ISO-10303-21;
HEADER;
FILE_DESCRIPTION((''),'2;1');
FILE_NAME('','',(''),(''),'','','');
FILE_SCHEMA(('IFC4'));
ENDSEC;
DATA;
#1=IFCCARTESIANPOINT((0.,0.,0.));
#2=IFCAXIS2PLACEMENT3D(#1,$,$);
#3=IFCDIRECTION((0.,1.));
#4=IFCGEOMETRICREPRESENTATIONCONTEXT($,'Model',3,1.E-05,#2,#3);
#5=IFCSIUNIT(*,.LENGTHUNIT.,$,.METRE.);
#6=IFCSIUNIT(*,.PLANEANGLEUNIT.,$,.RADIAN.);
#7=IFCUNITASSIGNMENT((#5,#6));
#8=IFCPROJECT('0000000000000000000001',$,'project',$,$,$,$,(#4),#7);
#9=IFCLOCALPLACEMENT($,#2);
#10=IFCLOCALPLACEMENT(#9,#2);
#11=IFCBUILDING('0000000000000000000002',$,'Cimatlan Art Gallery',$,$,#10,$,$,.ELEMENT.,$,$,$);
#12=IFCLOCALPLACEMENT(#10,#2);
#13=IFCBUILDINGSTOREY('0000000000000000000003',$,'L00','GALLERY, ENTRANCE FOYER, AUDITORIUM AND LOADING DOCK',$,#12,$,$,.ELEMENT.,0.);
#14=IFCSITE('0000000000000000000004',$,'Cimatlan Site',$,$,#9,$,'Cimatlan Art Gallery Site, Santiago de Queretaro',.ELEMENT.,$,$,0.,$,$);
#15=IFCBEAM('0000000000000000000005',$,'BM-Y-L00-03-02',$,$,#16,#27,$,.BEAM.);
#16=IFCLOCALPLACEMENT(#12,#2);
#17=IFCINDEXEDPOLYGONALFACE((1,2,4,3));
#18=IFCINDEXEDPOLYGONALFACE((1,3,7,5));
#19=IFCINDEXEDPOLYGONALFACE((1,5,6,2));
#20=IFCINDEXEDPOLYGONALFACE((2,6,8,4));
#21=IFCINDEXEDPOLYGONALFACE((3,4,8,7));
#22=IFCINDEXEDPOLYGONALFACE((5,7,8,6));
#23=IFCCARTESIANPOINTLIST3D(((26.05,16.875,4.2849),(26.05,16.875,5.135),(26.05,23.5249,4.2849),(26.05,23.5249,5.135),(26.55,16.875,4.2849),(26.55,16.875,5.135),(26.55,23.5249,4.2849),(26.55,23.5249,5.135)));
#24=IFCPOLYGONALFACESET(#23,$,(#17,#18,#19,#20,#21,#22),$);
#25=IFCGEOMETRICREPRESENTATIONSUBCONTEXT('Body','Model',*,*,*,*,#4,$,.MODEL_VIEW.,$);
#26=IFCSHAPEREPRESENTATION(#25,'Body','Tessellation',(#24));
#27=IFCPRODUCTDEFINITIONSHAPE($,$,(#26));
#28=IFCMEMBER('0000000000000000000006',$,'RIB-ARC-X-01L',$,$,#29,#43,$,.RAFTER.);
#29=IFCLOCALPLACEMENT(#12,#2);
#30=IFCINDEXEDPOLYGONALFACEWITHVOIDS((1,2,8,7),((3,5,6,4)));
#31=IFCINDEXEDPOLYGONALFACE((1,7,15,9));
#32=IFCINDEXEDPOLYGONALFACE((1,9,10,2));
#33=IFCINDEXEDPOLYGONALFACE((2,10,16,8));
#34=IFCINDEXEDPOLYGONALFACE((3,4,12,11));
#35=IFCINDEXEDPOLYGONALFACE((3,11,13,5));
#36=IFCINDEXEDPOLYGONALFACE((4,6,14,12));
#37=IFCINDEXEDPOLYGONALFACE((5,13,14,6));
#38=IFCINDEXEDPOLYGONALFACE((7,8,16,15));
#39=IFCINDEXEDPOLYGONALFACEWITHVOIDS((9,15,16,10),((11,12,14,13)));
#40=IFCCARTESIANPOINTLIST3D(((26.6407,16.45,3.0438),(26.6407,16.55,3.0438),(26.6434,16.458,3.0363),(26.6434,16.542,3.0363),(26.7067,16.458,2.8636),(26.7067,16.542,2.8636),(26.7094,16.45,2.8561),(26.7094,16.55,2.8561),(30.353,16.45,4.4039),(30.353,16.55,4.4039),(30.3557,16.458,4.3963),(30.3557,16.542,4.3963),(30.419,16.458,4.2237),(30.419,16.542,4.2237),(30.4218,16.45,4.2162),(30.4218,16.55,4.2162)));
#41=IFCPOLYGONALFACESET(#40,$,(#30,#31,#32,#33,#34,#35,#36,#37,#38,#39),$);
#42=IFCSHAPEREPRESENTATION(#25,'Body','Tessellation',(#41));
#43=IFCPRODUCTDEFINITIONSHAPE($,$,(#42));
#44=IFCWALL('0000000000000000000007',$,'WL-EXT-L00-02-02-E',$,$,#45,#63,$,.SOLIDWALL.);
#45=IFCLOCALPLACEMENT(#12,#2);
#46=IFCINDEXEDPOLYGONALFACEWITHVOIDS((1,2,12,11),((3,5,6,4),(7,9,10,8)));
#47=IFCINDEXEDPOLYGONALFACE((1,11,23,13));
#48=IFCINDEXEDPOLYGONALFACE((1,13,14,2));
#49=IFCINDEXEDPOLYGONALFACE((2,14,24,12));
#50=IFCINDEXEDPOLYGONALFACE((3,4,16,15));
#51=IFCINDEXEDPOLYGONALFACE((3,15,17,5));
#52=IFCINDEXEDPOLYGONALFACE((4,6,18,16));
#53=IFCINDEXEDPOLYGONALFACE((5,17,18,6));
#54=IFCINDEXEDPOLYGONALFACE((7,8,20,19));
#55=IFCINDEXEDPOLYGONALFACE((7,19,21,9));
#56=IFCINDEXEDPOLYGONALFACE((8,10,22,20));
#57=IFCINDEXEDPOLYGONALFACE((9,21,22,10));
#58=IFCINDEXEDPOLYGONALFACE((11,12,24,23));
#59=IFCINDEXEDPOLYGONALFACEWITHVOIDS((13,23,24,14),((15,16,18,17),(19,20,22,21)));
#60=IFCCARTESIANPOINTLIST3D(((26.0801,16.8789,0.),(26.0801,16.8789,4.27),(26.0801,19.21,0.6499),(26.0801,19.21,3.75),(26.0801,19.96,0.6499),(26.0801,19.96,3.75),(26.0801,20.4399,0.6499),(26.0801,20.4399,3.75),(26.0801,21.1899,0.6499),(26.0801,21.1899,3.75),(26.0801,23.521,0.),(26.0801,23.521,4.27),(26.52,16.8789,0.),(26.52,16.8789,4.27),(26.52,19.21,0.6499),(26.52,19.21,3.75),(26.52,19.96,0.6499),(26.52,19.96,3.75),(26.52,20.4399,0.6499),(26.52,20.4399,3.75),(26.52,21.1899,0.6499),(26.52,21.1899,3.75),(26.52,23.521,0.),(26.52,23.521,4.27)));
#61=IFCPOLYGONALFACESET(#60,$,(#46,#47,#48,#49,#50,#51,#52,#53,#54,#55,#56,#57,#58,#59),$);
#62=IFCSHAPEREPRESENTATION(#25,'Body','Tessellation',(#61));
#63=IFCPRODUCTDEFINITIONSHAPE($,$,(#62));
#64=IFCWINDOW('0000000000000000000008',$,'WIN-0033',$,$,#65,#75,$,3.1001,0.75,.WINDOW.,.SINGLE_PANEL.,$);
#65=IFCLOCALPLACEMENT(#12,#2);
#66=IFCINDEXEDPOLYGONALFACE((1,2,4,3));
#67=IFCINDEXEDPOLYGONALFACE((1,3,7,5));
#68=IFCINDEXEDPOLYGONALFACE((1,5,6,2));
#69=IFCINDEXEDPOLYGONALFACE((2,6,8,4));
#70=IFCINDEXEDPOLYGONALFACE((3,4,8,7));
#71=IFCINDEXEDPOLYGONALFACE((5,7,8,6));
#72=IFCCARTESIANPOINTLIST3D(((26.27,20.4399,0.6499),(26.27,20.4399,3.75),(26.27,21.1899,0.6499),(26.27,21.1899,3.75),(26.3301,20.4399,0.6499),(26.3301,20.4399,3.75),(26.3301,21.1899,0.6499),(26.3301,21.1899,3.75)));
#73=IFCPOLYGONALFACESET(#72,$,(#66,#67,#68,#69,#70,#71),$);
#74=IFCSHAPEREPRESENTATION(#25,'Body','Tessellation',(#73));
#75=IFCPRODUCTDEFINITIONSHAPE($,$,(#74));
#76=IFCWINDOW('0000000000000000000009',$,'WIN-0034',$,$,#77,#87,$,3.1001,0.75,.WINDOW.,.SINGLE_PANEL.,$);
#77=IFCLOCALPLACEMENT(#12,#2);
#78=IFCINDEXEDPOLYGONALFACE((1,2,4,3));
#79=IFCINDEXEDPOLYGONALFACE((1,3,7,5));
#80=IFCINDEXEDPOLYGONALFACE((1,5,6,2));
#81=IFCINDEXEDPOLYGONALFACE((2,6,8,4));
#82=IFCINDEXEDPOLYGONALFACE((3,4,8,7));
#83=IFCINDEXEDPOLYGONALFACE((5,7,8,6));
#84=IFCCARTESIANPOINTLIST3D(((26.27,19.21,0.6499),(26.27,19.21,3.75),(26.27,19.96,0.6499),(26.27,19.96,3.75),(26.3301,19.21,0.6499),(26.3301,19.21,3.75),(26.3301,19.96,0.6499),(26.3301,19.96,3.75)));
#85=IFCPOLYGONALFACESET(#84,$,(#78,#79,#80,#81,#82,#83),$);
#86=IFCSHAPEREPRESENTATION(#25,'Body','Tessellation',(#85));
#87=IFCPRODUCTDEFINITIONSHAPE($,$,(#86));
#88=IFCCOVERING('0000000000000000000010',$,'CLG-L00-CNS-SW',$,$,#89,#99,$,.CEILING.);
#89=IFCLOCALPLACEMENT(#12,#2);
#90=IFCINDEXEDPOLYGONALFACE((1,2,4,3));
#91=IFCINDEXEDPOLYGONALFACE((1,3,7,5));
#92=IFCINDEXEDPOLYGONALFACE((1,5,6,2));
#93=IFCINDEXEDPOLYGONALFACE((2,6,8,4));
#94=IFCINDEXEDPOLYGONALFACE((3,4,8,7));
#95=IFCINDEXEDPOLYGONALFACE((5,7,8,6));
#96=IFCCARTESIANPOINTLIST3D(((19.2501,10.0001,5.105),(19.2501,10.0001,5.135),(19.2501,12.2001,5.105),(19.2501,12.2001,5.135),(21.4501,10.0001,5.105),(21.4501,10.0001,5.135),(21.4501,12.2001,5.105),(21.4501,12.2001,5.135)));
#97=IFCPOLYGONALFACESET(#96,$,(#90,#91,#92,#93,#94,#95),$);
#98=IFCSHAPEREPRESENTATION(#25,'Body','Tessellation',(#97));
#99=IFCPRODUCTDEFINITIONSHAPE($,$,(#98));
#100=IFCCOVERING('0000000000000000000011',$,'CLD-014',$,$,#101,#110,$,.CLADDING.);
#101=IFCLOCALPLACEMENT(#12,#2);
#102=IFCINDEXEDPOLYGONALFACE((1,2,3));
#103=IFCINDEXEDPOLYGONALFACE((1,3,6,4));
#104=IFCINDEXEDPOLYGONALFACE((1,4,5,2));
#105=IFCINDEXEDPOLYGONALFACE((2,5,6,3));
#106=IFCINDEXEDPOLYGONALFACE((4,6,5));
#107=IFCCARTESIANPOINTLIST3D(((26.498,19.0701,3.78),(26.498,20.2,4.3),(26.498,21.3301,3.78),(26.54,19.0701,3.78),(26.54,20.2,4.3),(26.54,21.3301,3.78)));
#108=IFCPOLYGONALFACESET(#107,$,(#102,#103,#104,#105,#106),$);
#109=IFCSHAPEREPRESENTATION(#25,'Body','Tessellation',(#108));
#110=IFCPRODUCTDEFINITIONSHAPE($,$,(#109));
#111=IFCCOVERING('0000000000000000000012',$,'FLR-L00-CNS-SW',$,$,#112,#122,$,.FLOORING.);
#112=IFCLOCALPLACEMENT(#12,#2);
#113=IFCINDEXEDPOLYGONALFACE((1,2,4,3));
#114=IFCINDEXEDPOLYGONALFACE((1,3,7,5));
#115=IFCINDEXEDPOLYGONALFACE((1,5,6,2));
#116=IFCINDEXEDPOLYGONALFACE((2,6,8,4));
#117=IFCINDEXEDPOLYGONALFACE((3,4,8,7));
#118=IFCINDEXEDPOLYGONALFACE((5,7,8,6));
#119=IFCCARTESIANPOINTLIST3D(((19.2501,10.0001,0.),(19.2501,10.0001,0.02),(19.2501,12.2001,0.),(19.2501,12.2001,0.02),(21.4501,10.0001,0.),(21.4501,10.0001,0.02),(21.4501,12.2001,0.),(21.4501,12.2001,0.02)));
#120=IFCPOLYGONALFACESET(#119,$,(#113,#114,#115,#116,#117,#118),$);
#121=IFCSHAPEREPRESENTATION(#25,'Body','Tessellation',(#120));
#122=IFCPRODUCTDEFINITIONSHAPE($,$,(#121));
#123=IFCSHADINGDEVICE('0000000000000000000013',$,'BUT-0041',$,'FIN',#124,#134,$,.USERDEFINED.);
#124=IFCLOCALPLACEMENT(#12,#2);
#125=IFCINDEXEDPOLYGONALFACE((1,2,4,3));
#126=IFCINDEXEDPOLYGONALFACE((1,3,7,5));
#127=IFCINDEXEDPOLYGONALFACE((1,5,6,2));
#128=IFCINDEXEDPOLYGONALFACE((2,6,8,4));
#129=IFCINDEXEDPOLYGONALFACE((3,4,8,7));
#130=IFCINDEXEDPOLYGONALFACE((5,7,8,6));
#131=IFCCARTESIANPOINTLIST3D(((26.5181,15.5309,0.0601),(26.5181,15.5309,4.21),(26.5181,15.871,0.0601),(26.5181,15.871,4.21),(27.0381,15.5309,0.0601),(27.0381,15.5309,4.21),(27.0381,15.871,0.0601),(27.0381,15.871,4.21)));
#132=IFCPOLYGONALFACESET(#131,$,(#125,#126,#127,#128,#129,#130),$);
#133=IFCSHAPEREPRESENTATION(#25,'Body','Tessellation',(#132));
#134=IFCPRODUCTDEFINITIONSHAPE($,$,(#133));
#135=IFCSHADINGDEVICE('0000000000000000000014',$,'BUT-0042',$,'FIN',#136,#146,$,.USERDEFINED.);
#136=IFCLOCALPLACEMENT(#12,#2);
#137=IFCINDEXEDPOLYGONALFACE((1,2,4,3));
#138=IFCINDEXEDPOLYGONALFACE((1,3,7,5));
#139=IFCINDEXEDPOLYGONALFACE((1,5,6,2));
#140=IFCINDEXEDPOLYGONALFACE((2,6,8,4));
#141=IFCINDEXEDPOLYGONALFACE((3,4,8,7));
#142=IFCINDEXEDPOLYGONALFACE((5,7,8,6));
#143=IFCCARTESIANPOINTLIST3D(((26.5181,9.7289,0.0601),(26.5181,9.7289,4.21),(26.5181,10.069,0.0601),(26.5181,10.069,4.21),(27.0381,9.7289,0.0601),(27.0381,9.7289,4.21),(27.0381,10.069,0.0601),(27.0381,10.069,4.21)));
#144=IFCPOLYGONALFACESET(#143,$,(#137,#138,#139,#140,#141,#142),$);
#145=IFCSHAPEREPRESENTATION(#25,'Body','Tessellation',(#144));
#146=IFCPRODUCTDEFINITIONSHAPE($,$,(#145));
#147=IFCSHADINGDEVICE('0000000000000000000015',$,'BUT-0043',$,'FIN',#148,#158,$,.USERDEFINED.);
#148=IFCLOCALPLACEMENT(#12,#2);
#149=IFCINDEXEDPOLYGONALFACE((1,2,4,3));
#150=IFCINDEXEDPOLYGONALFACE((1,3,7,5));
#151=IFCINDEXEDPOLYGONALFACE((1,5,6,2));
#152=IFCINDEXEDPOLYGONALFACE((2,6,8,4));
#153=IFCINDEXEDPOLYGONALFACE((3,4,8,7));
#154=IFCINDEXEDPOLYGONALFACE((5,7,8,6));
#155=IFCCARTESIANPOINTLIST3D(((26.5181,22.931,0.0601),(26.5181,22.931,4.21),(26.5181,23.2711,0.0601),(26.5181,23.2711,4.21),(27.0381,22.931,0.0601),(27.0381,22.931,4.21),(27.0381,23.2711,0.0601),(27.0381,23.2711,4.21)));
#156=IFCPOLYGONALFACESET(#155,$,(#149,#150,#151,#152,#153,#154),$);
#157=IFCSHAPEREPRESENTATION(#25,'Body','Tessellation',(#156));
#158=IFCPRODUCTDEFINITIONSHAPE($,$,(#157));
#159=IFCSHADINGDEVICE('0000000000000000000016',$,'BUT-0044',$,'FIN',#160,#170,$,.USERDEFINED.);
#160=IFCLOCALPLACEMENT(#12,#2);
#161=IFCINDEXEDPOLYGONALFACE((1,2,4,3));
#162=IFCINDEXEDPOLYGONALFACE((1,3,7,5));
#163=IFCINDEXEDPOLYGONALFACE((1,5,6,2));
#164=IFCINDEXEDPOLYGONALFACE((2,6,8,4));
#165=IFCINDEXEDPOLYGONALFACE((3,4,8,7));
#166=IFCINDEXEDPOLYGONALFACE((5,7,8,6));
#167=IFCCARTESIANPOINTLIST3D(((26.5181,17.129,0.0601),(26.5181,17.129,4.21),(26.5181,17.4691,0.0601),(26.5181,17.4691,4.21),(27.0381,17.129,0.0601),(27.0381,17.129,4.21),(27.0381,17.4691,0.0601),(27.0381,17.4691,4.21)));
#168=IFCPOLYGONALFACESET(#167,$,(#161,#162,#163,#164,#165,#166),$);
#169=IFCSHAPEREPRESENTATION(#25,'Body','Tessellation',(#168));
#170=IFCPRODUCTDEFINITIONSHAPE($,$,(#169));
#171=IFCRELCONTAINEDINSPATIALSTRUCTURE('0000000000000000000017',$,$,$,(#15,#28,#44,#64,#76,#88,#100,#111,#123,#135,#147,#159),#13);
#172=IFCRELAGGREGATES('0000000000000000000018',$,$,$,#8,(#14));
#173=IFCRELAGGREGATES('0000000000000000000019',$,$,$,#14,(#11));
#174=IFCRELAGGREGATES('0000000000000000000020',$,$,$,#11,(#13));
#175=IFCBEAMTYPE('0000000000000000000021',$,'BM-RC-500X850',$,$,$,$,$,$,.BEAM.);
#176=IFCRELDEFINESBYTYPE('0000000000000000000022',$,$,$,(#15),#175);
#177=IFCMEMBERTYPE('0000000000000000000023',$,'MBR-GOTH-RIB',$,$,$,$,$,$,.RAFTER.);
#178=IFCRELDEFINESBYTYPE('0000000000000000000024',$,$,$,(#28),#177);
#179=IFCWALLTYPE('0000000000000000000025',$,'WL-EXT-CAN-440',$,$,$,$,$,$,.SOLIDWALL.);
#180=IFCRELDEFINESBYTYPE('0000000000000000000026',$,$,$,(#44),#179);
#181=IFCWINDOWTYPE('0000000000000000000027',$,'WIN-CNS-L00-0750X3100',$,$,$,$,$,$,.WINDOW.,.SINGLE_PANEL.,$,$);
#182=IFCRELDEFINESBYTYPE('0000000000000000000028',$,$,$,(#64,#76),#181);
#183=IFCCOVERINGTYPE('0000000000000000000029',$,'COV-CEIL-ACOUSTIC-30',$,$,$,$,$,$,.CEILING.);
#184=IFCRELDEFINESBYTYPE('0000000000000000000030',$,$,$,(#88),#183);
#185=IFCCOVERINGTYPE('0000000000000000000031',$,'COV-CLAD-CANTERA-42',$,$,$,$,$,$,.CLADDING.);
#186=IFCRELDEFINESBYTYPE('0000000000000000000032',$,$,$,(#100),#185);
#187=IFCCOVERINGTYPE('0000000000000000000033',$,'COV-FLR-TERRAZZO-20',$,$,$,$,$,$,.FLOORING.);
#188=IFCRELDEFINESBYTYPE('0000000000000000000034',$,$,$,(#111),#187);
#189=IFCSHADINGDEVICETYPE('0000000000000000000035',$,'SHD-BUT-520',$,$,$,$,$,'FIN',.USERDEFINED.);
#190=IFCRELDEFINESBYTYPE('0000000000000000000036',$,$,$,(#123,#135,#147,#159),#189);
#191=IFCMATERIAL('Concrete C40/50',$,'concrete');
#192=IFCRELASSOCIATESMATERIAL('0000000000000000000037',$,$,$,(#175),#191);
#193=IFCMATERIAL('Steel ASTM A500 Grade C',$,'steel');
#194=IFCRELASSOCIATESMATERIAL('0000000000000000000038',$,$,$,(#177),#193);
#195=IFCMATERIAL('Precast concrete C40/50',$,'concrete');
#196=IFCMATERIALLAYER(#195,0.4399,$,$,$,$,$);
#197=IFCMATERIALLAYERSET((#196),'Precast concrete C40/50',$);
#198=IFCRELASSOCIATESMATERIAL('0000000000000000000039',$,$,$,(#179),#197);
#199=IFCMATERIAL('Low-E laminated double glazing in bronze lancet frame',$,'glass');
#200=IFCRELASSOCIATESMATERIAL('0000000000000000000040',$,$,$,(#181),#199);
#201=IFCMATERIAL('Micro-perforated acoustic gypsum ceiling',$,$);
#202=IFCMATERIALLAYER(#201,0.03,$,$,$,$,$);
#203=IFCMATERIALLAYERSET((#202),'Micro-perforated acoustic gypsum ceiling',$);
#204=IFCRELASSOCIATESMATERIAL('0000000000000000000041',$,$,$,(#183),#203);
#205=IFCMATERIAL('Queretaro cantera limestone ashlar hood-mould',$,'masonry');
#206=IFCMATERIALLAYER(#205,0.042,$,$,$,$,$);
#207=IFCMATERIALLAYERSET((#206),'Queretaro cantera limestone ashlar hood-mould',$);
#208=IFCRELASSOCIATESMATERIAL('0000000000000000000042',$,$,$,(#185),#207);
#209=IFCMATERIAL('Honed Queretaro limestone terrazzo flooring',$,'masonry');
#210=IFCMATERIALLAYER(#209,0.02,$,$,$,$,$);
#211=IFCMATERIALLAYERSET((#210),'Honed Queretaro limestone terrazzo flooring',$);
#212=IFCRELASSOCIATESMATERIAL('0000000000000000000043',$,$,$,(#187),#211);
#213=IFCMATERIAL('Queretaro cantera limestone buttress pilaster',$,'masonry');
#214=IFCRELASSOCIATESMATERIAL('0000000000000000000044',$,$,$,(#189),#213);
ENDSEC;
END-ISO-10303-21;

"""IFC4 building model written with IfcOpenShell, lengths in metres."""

from ifc_helpers import new_model, si_unit, direction, frame, frame_2d, origin, origin_2d, place, context, subcontext, project, spatial, polyline, rectangle, hollow_rectangle, outline, extrude, material, layer, layer_set, material_profile, profile_set, type_object, element, fill, save


model = new_model("IFC4")

# Units and contexts
model_context = context("Model", 3, precision=1e-05, world=origin(), true_north=direction((0.0, 1.0)))
body_context = subcontext(model_context, "Body", "Model", "MODEL_VIEW")
ifc_project = project(units=[si_unit("LENGTHUNIT", "METRE"), si_unit("PLANEANGLEUNIT", "RADIAN")], contexts=[model_context])

# Site, building, storey
site_placement = place(None, origin())
site = spatial("IfcSite", under=ifc_project, at=site_placement, Name="Cimatlan Site", LongName="Cimatlan Art Gallery Site, Santiago de Queretaro", CompositionType="ELEMENT", RefElevation=0.0)
building_placement = place(site_placement, origin())
building = spatial("IfcBuilding", under=site, at=building_placement, Name="Cimatlan Art Gallery", CompositionType="ELEMENT")
storey_placement = place(building_placement, origin())
storey = spatial("IfcBuildingStorey", under=building, at=storey_placement, Name="L00", Description="GALLERY, ENTRANCE FOYER, AUDITORIUM AND LOADING DOCK", CompositionType="ELEMENT", Elevation=0.0)

# Shared definitions
ifc_material_1 = material(Name="Concrete C40/50", Category="concrete")

# Beam
ifc_material_profile_1 = material_profile(ifc_material_1, rectangle(XDim=0.5, YDim=0.8501, at=origin_2d()), Name="RC500X850")
ifc_profile_set_1 = profile_set([ifc_material_profile_1], Name="Concrete C40/50")
beam_type_1 = type_object("IfcBeamType", Name="BM-RC-500X850", PredefinedType="BEAM", material=ifc_profile_set_1)
for number, where, z_axis, x_axis, name in (
    (1, (26.3, 16.875, 4.71), (0.0, 1.0, 0.0), (-1.0, 0.0, 0.0), "BM-Y-L00-03-02"),
):
    element("IfcBeam", number, at=place(storey_placement, frame(where, z_axis=z_axis, x_axis=x_axis)), inside=storey, type_object=beam_type_1, Name=name, PredefinedType="BEAM", context=body_context, shape_type="SweptSolid", body=[
        extrude(rectangle(XDim=0.5, YDim=0.8501, at=origin_2d()), origin(), (0.0, 0.0, 1.0), 6.6499),
    ])

# Member
ifc_material_2 = material(Name="Steel ASTM A500 Grade C", Category="steel")
ifc_material_profile_2 = material_profile(ifc_material_2, hollow_rectangle(XDim=0.1001, YDim=0.2, WallThickness=0.0081, at=origin_2d()), Name="HSS200X100X8")
ifc_profile_set_2 = profile_set([ifc_material_profile_2], Name="Steel ASTM A500 Grade C")
member_type = type_object("IfcMemberType", Name="MBR-GOTH-RIB", PredefinedType="RAFTER", material=ifc_profile_set_2)
member_placement = place(storey_placement, frame((26.675, 16.5, 2.95), z_axis=(0.938967, 0.0, 0.344008), x_axis=(0.0, 1.0, 0.0)))
element("IfcMember", 2, at=member_placement, inside=storey, type_object=member_type, Name="RIB-ARC-X-01L", PredefinedType="RAFTER", context=body_context, shape_type="SweptSolid", body=[
    extrude(hollow_rectangle(XDim=0.1001, YDim=0.2, WallThickness=0.0081, at=origin_2d()), origin(), (0.0, 0.0, 1.0), 3.9536),
])

# Shared definitions
ifc_material_3 = material(Name="Precast concrete C40/50", Category="concrete")
ifc_layer_1 = layer(ifc_material_3, 0.4399)
ifc_layer_set_1 = layer_set([ifc_layer_1], Name="Precast concrete C40/50")
wall_type = type_object("IfcWallType", Name="WL-EXT-CAN-440", PredefinedType="SOLIDWALL", material=ifc_layer_set_1)

# Wall, openings, windows
wall_1_placement = place(storey_placement, frame((26.3, 23.521, 0.0), z_axis=(0.0, 0.0, 1.0), x_axis=(0.0, -1.0, 0.0)))
wall_1 = element("IfcWall", 3, at=wall_1_placement, inside=storey, type_object=wall_type, Name="WL-EXT-L00-02-02-E", PredefinedType="SOLIDWALL", context=body_context, shape_type="SweptSolid", body=[
    extrude(rectangle(XDim=6.6421, YDim=0.4399, at=frame_2d((3.321, 0.0))), origin(), (0.0, 0.0, 1.0), 4.27),
])
opening_1_placement = place(wall_1_placement, frame((2.3311, 0.0, 0.6499)))
opening_1 = element("IfcOpeningElement", 4, at=opening_1_placement, cuts=wall_1, PredefinedType="OPENING", context=body_context, shape_type="SweptSolid", body=[
    extrude(rectangle(XDim=0.75, YDim=3.1001, at=frame_2d((0.375, 1.55))), frame((0.0, 0.23, 0.0), z_axis=(0.0, -1.0, 0.0), x_axis=(1.0, 0.0, 0.0)), (0.0, 0.0, 1.0), 0.46),
])
opening_2_placement = place(wall_1_placement, frame((3.561, 0.0, 0.6499)))
opening_2 = element("IfcOpeningElement", 5, at=opening_2_placement, cuts=wall_1, PredefinedType="OPENING", context=body_context, shape_type="SweptSolid", body=[
    extrude(rectangle(XDim=0.75, YDim=3.1001, at=frame_2d((0.375, 1.55))), frame((0.0, 0.23, 0.0), z_axis=(0.0, -1.0, 0.0), x_axis=(1.0, 0.0, 0.0)), (0.0, 0.0, 1.0), 0.46),
])
ifc_material_4 = material(Name="Low-E laminated double glazing in bronze lancet frame", Category="glass")
window_type = type_object("IfcWindowType", Name="WIN-CNS-L00-0750X3100", PartitioningType="SINGLE_PANEL", PredefinedType="WINDOW", material=ifc_material_4)
window_1_placement = place(opening_1_placement, origin())
window_1 = element("IfcWindow", 6, at=window_1_placement, inside=storey, type_object=window_type, Name="WIN-0033", OverallHeight=3.1001, OverallWidth=0.75, PartitioningType="SINGLE_PANEL", PredefinedType="WINDOW", context=body_context, shape_type="SweptSolid", body=[
    extrude(rectangle(XDim=0.75, YDim=3.1001, at=frame_2d((0.375, 1.55))), frame((0.0, 0.03, 0.0), z_axis=(0.0, -1.0, 0.0), x_axis=(1.0, 0.0, 0.0)), (0.0, 0.0, 1.0), 0.0601),
])
fill(opening_1, window_1)
window_2_placement = place(opening_2_placement, origin())
window_2 = element("IfcWindow", 7, at=window_2_placement, inside=storey, type_object=window_type, Name="WIN-0034", OverallHeight=3.1001, OverallWidth=0.75, PartitioningType="SINGLE_PANEL", PredefinedType="WINDOW", context=body_context, shape_type="SweptSolid", body=[
    extrude(rectangle(XDim=0.75, YDim=3.1001, at=frame_2d((0.375, 1.55))), frame((0.0, 0.03, 0.0), z_axis=(0.0, -1.0, 0.0), x_axis=(1.0, 0.0, 0.0)), (0.0, 0.0, 1.0), 0.0601),
])
fill(opening_2, window_2)

# Coverings
ifc_material_5 = material(Name="Micro-perforated acoustic gypsum ceiling")
ifc_layer_2 = layer(ifc_material_5, 0.03)
ifc_layer_set_2 = layer_set([ifc_layer_2], Name="Micro-perforated acoustic gypsum ceiling")
covering_type_1 = type_object("IfcCoveringType", Name="COV-CEIL-ACOUSTIC-30", PredefinedType="CEILING", material=ifc_layer_set_2)
covering_1_placement = place(storey_placement, frame((20.3501, 11.1001, 5.105), z_axis=(0.0, 0.0, 1.0), x_axis=(1.0, 0.0, 0.0)))
element("IfcCovering", 8, at=covering_1_placement, inside=storey, type_object=covering_type_1, Name="CLG-L00-CNS-SW", PredefinedType="CEILING", context=body_context, shape_type="SweptSolid", body=[
    extrude(rectangle(XDim=2.2, YDim=2.2, at=origin_2d()), origin(), (0.0, 0.0, 1.0), 0.03),
])
ifc_material_6 = material(Name="Queretaro cantera limestone ashlar hood-mould", Category="masonry")
ifc_layer_3 = layer(ifc_material_6, 0.042)
ifc_layer_set_3 = layer_set([ifc_layer_3], Name="Queretaro cantera limestone ashlar hood-mould")
covering_type_2 = type_object("IfcCoveringType", Name="COV-CLAD-CANTERA-42", PredefinedType="CLADDING", material=ifc_layer_set_3)
covering_2_placement = place(storey_placement, frame((26.498, 21.3301, 3.78), z_axis=(-1.0, 0.0, 0.0), x_axis=(0.0, -1.0, 0.0)))
element("IfcCovering", 9, at=covering_2_placement, inside=storey, type_object=covering_type_2, Name="CLD-014", PredefinedType="CLADDING", context=body_context, shape_type="SweptSolid", body=[
    extrude(outline(polyline([(0.0, 0.0), (2.26, 0.0), (1.1301, 0.52), (0.0, 0.0)])), origin(), (0.0, 0.0, -1.0), 0.042),
])
ifc_material_7 = material(Name="Honed Queretaro limestone terrazzo flooring", Category="masonry")
ifc_layer_4 = layer(ifc_material_7, 0.02)
ifc_layer_set_4 = layer_set([ifc_layer_4], Name="Honed Queretaro limestone terrazzo flooring")
covering_type_3 = type_object("IfcCoveringType", Name="COV-FLR-TERRAZZO-20", PredefinedType="FLOORING", material=ifc_layer_set_4)
covering_3_placement = place(storey_placement, frame((20.3501, 11.1001, 0.0), z_axis=(0.0, 0.0, 1.0), x_axis=(1.0, 0.0, 0.0)))
element("IfcCovering", 10, at=covering_3_placement, inside=storey, type_object=covering_type_3, Name="FLR-L00-CNS-SW", PredefinedType="FLOORING", context=body_context, shape_type="SweptSolid", body=[
    extrude(rectangle(XDim=2.2, YDim=2.2, at=origin_2d()), origin(), (0.0, 0.0, 1.0), 0.02),
])

# Shading devices
ifc_material_8 = material(Name="Queretaro cantera limestone buttress pilaster", Category="masonry")
shading_device_type_1 = type_object("IfcShadingDeviceType", Name="SHD-BUT-520", ElementType="FIN", PredefinedType="USERDEFINED", material=ifc_material_8)
for number, where, z_axis, x_axis, name in (
    (11, (26.7781, 15.7009, 0.0601), (0.0, 0.0, 1.0), (0.0, -1.0, 0.0), "BUT-0041"),
    (12, (26.7781, 9.8989, 0.0601), (0.0, 0.0, 1.0), (0.0, -1.0, 0.0), "BUT-0042"),
    (13, (26.7781, 23.1011, 0.0601), (0.0, 0.0, 1.0), (0.0, -1.0, 0.0), "BUT-0043"),
    (14, (26.7781, 17.2991, 0.0601), (0.0, 0.0, 1.0), (0.0, -1.0, 0.0), "BUT-0044"),
):
    element("IfcShadingDevice", number, at=place(storey_placement, frame(where, z_axis=z_axis, x_axis=x_axis)), inside=storey, type_object=shading_device_type_1, Name=name, ObjectType="FIN", PredefinedType="USERDEFINED", context=body_context, shape_type="SweptSolid", body=[
        extrude(rectangle(XDim=0.3401, YDim=0.52, at=origin_2d()), origin(), (0.0, 0.0, 1.0), 4.1499),
    ])

save(model, "model.ifc")
